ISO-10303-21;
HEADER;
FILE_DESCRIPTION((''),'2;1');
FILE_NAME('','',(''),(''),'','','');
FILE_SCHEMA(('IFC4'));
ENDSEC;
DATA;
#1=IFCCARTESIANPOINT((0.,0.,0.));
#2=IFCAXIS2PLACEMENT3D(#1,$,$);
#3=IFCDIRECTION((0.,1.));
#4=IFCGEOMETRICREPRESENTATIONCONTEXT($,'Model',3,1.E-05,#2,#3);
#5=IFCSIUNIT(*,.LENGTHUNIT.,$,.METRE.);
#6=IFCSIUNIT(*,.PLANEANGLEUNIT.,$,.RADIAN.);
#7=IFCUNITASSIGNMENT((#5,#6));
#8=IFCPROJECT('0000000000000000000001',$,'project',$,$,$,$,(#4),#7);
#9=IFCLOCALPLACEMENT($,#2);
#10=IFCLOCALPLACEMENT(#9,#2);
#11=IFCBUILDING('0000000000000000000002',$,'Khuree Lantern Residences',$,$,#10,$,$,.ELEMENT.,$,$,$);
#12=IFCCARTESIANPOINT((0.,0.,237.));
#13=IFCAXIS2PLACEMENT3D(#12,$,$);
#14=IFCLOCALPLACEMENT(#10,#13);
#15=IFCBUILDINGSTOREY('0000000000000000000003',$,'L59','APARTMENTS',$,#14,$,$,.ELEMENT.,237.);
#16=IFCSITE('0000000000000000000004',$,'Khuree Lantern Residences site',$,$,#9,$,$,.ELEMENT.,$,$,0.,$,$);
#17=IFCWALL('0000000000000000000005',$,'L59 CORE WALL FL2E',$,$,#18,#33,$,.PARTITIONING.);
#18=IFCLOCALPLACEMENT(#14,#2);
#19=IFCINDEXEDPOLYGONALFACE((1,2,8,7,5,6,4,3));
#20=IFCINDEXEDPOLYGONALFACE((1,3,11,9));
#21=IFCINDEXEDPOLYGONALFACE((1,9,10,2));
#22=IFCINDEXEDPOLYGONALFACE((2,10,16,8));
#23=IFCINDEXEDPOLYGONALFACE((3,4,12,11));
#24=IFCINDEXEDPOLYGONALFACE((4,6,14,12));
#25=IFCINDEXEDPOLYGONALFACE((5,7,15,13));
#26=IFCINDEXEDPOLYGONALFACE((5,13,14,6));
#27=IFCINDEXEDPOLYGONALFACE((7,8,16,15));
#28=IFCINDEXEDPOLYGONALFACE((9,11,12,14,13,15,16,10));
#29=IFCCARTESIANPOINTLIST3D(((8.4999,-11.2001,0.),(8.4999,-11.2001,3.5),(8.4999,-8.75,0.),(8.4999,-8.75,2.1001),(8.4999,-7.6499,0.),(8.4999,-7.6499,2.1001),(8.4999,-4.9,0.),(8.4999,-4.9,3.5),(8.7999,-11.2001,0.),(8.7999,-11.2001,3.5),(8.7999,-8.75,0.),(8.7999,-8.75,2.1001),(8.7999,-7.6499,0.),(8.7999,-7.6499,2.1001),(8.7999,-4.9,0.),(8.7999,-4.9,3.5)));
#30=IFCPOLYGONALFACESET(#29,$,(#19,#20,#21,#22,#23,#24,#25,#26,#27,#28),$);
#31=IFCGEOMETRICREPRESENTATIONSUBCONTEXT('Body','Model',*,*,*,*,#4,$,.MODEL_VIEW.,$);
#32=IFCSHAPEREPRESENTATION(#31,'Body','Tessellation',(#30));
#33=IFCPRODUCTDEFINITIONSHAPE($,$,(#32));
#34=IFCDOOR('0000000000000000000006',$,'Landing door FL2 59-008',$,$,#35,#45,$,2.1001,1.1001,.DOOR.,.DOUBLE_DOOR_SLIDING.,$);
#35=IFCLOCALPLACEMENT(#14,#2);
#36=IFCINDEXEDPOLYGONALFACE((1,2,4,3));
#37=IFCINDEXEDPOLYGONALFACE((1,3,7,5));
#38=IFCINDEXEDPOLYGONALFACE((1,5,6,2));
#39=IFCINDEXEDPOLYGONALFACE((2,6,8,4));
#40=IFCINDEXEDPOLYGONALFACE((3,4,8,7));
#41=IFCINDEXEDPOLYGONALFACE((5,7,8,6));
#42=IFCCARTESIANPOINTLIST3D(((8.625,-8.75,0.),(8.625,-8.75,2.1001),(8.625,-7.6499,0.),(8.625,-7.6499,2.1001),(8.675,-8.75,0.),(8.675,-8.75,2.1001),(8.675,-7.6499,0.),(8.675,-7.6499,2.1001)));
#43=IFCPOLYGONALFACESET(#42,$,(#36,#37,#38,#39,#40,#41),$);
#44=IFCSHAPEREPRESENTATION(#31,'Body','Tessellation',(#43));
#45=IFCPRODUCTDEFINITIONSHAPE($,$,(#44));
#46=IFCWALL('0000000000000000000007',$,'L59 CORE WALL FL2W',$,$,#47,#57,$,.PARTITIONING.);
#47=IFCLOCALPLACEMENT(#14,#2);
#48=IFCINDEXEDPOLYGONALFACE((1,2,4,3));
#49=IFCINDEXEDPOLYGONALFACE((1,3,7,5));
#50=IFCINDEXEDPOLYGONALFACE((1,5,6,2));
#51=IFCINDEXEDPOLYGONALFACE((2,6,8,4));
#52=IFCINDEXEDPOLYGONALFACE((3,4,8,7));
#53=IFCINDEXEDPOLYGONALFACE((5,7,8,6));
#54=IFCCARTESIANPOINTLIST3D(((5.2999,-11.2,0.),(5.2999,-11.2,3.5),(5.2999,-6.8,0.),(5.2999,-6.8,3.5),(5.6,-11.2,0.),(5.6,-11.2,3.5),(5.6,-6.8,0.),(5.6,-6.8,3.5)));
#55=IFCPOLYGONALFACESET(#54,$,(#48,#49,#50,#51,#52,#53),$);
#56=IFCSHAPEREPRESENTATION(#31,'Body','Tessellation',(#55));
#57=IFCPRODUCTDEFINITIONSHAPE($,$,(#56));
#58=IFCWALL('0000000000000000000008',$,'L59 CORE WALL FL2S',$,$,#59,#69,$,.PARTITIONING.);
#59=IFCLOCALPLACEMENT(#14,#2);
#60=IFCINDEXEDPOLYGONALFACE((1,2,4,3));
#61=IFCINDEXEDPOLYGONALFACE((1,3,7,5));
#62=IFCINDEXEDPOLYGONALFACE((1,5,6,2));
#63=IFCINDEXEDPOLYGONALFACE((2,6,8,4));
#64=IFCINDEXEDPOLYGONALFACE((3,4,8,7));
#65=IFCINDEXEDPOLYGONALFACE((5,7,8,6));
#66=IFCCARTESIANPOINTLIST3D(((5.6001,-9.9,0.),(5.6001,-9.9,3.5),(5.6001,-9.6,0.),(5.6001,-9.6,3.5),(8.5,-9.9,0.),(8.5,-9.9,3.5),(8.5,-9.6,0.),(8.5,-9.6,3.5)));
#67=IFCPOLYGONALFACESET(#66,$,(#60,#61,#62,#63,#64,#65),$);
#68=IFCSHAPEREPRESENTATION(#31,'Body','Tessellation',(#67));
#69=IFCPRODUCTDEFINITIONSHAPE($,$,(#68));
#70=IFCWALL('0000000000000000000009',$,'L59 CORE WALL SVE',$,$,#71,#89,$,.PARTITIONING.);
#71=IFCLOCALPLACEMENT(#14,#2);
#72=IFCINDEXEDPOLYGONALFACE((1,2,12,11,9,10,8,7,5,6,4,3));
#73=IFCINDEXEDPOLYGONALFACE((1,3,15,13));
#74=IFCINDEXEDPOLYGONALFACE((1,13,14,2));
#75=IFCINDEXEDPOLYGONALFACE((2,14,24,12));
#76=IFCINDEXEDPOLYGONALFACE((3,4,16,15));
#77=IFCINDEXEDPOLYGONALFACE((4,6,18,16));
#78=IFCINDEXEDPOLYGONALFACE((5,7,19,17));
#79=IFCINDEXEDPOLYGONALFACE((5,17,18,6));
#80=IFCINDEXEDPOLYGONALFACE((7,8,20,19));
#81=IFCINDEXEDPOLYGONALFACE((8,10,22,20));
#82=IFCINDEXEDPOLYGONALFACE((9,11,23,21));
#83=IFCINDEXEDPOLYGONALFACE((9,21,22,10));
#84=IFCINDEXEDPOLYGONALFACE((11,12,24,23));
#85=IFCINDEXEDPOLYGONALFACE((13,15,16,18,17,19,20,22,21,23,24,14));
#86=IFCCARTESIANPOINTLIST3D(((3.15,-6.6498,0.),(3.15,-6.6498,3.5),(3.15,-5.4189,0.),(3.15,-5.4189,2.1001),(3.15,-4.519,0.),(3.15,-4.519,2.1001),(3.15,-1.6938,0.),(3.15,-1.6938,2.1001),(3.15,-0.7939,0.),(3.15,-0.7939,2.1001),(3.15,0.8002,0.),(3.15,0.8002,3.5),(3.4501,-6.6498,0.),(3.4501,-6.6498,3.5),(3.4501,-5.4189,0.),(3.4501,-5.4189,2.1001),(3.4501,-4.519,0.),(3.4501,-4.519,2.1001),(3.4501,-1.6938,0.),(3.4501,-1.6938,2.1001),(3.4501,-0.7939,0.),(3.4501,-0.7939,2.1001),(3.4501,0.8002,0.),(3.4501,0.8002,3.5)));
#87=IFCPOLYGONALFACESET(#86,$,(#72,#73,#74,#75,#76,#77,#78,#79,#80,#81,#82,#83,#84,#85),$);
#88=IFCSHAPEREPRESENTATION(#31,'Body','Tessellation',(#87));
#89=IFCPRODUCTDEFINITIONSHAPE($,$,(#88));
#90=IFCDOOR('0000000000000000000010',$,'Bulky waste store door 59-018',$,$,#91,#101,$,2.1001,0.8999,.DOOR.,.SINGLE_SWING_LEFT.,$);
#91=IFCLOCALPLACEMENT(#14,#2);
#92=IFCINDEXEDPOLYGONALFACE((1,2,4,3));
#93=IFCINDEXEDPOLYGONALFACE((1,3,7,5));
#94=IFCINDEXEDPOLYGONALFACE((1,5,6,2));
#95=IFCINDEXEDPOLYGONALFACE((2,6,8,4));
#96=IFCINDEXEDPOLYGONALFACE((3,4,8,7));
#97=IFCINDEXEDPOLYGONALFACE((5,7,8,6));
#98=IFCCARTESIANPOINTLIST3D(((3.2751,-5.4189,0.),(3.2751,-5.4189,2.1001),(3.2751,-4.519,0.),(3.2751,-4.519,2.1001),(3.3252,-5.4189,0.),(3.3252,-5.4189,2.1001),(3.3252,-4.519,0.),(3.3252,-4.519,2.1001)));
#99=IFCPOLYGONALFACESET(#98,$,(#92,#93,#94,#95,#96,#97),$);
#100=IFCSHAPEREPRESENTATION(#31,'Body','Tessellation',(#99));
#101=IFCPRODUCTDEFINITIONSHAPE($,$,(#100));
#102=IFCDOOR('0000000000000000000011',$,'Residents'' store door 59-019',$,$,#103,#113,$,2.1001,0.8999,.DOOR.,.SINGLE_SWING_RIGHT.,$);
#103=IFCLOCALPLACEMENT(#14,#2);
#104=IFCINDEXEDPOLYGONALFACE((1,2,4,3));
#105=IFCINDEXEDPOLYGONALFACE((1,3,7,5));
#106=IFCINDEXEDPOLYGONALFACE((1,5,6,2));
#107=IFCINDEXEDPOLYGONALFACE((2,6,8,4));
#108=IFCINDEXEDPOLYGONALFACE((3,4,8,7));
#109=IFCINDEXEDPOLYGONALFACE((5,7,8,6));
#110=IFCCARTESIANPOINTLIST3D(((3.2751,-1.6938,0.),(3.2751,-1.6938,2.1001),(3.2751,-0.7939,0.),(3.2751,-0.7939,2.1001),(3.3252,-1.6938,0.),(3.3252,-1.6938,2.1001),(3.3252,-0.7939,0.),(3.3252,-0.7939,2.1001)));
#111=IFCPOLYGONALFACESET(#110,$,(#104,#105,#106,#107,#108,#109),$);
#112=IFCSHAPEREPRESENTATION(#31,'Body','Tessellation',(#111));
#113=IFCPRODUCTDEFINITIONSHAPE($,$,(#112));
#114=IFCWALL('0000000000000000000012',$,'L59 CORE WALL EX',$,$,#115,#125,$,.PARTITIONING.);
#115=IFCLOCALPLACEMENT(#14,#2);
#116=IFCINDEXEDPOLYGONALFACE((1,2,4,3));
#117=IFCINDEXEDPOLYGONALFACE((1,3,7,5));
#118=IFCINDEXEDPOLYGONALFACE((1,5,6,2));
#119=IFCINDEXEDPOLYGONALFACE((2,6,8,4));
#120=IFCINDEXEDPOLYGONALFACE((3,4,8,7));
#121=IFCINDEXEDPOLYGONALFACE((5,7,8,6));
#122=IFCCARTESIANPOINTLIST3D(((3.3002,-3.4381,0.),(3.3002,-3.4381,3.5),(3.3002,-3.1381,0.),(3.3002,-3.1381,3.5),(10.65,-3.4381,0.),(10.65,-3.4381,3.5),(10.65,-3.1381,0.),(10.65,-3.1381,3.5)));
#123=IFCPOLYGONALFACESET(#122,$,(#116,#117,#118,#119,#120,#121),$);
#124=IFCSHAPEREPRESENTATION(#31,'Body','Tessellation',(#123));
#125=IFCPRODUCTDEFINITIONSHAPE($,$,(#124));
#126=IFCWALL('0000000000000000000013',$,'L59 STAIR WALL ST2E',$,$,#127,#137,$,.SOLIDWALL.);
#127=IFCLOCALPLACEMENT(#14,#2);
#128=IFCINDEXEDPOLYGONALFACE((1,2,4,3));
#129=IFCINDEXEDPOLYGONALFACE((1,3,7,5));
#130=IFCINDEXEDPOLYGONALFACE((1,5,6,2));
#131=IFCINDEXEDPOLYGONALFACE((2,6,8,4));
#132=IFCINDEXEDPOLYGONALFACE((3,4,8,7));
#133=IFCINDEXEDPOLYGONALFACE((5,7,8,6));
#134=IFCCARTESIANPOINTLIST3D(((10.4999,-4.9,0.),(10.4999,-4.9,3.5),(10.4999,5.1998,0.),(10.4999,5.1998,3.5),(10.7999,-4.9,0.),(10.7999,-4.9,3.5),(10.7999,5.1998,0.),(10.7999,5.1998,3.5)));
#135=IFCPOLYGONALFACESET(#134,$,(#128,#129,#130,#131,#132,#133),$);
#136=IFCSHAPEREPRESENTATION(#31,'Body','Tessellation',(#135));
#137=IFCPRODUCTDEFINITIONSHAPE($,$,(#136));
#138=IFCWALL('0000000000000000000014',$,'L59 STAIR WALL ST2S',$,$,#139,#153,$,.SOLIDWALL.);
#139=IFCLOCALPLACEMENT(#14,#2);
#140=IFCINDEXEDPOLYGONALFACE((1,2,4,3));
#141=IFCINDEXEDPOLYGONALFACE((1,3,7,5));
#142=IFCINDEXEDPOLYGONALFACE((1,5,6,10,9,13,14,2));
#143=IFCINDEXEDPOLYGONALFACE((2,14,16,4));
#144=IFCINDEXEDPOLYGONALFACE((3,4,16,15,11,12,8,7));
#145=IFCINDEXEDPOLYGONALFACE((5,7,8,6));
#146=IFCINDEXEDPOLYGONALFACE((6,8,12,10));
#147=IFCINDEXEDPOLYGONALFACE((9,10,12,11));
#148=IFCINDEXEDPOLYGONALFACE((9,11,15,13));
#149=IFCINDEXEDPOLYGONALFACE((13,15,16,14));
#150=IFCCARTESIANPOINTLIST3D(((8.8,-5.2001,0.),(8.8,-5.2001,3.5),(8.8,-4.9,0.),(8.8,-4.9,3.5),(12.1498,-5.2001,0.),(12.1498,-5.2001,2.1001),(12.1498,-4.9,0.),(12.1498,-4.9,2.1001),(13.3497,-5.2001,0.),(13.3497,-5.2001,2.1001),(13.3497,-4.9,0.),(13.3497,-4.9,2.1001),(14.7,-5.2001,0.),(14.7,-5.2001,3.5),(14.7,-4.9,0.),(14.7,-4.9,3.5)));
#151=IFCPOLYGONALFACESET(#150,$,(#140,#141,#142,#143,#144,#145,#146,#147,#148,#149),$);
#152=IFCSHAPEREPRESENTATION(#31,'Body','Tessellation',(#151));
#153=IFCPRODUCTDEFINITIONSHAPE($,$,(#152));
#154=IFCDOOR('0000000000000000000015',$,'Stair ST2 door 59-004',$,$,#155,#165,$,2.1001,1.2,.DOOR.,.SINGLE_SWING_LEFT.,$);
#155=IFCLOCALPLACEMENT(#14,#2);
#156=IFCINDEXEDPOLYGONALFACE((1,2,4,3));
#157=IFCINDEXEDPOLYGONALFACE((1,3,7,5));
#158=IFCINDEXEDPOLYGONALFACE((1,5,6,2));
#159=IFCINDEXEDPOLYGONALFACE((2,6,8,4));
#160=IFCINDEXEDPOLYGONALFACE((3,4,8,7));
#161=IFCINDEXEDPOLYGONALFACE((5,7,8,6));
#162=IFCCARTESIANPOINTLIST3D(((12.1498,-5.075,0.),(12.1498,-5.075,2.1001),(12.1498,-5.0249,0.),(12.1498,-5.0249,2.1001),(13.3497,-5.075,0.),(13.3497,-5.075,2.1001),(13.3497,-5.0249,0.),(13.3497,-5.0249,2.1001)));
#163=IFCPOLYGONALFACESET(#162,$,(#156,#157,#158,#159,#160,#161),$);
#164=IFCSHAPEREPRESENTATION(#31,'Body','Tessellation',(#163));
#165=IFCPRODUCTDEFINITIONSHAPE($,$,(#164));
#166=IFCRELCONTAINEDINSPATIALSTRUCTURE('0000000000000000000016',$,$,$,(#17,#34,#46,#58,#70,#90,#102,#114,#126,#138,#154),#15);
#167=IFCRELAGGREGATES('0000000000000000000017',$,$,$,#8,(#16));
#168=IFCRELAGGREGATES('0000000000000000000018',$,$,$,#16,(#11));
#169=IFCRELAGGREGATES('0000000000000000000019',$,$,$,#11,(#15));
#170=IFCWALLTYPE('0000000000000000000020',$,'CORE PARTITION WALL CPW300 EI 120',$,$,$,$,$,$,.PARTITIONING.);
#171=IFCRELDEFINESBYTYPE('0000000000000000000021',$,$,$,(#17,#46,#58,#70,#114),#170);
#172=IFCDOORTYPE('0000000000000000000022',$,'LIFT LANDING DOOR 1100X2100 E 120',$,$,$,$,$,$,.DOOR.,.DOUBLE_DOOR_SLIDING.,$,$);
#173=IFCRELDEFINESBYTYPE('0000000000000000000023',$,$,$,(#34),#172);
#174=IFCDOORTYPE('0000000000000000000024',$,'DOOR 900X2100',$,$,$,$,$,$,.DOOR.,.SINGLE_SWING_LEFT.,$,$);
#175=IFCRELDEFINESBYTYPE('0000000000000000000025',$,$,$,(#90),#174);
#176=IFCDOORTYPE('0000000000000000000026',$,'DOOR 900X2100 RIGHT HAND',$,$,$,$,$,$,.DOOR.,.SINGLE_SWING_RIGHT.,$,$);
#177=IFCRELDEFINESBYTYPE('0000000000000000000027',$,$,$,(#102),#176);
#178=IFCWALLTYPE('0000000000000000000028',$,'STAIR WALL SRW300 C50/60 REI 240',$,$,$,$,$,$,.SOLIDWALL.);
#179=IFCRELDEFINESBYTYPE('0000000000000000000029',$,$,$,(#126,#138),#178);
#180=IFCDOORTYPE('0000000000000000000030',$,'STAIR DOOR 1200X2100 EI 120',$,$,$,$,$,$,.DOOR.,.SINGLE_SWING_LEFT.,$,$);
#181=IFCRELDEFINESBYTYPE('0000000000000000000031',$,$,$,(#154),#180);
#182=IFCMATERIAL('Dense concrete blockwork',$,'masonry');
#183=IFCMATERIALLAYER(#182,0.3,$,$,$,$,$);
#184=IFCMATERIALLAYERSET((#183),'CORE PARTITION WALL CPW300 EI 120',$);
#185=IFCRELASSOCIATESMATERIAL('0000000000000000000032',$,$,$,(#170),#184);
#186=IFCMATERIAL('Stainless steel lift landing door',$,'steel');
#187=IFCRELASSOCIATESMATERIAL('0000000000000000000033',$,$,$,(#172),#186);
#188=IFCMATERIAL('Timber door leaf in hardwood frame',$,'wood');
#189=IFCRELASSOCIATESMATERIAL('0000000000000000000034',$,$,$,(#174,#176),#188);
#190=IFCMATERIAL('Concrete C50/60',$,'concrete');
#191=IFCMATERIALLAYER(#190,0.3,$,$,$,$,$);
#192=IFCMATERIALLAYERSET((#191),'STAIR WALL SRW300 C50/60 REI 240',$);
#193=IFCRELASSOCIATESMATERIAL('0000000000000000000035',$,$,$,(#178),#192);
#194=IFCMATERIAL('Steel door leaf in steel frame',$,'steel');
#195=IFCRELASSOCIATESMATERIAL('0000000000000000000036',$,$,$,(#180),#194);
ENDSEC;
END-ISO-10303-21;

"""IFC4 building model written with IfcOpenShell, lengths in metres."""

from ifc_helpers import new_model, si_unit, direction, frame, frame_2d, origin, place, context, subcontext, project, spatial, rectangle, extrude, material, layer, layer_set, type_object, element, fill, save


model = new_model("IFC4")

# Units and contexts
model_context = context("Model", 3, precision=1e-05, world=origin(), true_north=direction((0.0, 1.0)))
body_context = subcontext(model_context, "Body", "Model", "MODEL_VIEW")
ifc_project = project(units=[si_unit("LENGTHUNIT", "METRE"), si_unit("PLANEANGLEUNIT", "RADIAN")], contexts=[model_context])

# Site, building, storey
site_placement = place(None, origin())
site = spatial("IfcSite", under=ifc_project, at=site_placement, Name="Khuree Lantern Residences site", CompositionType="ELEMENT", RefElevation=0.0)
building_placement = place(site_placement, origin())
building = spatial("IfcBuilding", under=site, at=building_placement, Name="Khuree Lantern Residences", CompositionType="ELEMENT")
storey_placement = place(building_placement, frame((0.0, 0.0, 237.0)))
storey = spatial("IfcBuildingStorey", under=building, at=storey_placement, Name="L59", Description="APARTMENTS", CompositionType="ELEMENT", Elevation=237.0)

# Wall, opening, door
ifc_material_1 = material(Name="Dense concrete blockwork", Category="masonry")
ifc_layer_1 = layer(ifc_material_1, 0.3)
ifc_layer_set_1 = layer_set([ifc_layer_1], Name="CORE PARTITION WALL CPW300 EI 120")
wall_type_1 = type_object("IfcWallType", Name="CORE PARTITION WALL CPW300 EI 120", PredefinedType="PARTITIONING", material=ifc_layer_set_1)
wall_1_placement = place(storey_placement, frame((8.6499, -11.2, 0.0), z_axis=(0.0, 0.0, 1.0), x_axis=(0.0, 1.0, 0.0)))
wall_1 = element("IfcWall", 1, at=wall_1_placement, inside=storey, type_object=wall_type_1, Name="L59 CORE WALL FL2E", PredefinedType="PARTITIONING", context=body_context, shape_type="SweptSolid", body=[
    extrude(rectangle(XDim=6.3, YDim=0.3, at=frame_2d((3.1499, 0.0))), origin(), (0.0, 0.0, 1.0), 3.5),
])
opening_1_placement = place(wall_1_placement, frame((2.45, 0.0, 0.0)))
opening_1 = element("IfcOpeningElement", 2, at=opening_1_placement, cuts=wall_1, PredefinedType="OPENING", context=body_context, shape_type="SweptSolid", body=[
    extrude(rectangle(XDim=1.1001, YDim=2.1001, at=frame_2d((0.55, 1.05))), frame((0.0, 0.1602, 0.0), z_axis=(0.0, -1.0, 0.0), x_axis=(1.0, 0.0, 0.0)), (0.0, 0.0, 1.0), 0.3201),
])
ifc_material_2 = material(Name="Stainless steel lift landing door", Category="steel")
door_type_1 = type_object("IfcDoorType", Name="LIFT LANDING DOOR 1100X2100 E 120", OperationType="DOUBLE_DOOR_SLIDING", PredefinedType="DOOR", material=ifc_material_2)
door_1_placement = place(opening_1_placement, origin())
door_1 = element("IfcDoor", 3, at=door_1_placement, inside=storey, type_object=door_type_1, Name="Landing door FL2 59-008", OperationType="DOUBLE_DOOR_SLIDING", OverallHeight=2.1001, OverallWidth=1.1001, PredefinedType="DOOR", context=body_context, shape_type="SweptSolid", body=[
    extrude(rectangle(XDim=1.1001, YDim=2.1001, at=frame_2d((0.55, 1.05))), frame((0.0, 0.0249, 0.0), z_axis=(0.0, -1.0, 0.0), x_axis=(1.0, 0.0, 0.0)), (0.0, 0.0, 1.0), 0.05),
])
fill(opening_1, door_1)

# Walls
wall_2_placement = place(storey_placement, frame((5.45, -11.2, 0.0), z_axis=(0.0, 0.0, 1.0), x_axis=(0.0, 1.0, 0.0)))
element("IfcWall", 4, at=wall_2_placement, inside=storey, type_object=wall_type_1, Name="L59 CORE WALL FL2W", PredefinedType="PARTITIONING", context=body_context, shape_type="SweptSolid", body=[
    extrude(rectangle(XDim=4.3999, YDim=0.3, at=frame_2d((2.2, 0.0))), origin(), (0.0, 0.0, 1.0), 3.5),
])
wall_3_placement = place(storey_placement, frame((5.6001, -9.75, 0.0), z_axis=(0.0, 0.0, 1.0), x_axis=(1.0, 0.0, 0.0)))
element("IfcWall", 5, at=wall_3_placement, inside=storey, type_object=wall_type_1, Name="L59 CORE WALL FL2S", PredefinedType="PARTITIONING", context=body_context, shape_type="SweptSolid", body=[
    extrude(rectangle(XDim=2.8999, YDim=0.3, at=frame_2d((1.45, 0.0))), origin(), (0.0, 0.0, 1.0), 3.5),
])

# Wall, openings, doors
wall_4_placement = place(storey_placement, frame((3.3, -6.6499, 0.0), z_axis=(0.0, 0.0, 1.0), x_axis=(0.0, 1.0, 0.0)))
wall_4 = element("IfcWall", 6, at=wall_4_placement, inside=storey, type_object=wall_type_1, Name="L59 CORE WALL SVE", PredefinedType="PARTITIONING", context=body_context, shape_type="SweptSolid", body=[
    extrude(rectangle(XDim=7.45, YDim=0.3, at=frame_2d((3.7251, 0.0))), origin(), (0.0, 0.0, 1.0), 3.5),
])
opening_2_placement = place(wall_4_placement, frame((1.231, 0.0, 0.0)))
opening_2 = element("IfcOpeningElement", 7, at=opening_2_placement, cuts=wall_4, PredefinedType="OPENING", context=body_context, shape_type="SweptSolid", body=[
    extrude(rectangle(XDim=0.8999, YDim=2.1001, at=frame_2d((0.45, 1.05))), frame((0.0, 0.1602, 0.0), z_axis=(0.0, -1.0, 0.0), x_axis=(1.0, 0.0, 0.0)), (0.0, 0.0, 1.0), 0.3201),
])
opening_3_placement = place(wall_4_placement, frame((4.9561, 0.0, 0.0)))
opening_3 = element("IfcOpeningElement", 8, at=opening_3_placement, cuts=wall_4, PredefinedType="OPENING", context=body_context, shape_type="SweptSolid", body=[
    extrude(rectangle(XDim=0.8999, YDim=2.1001, at=frame_2d((0.45, 1.05))), frame((0.0, 0.1602, 0.0), z_axis=(0.0, -1.0, 0.0), x_axis=(1.0, 0.0, 0.0)), (0.0, 0.0, 1.0), 0.3201),
])
ifc_material_3 = material(Name="Timber door leaf in hardwood frame", Category="wood")
door_type_2 = type_object("IfcDoorType", Name="DOOR 900X2100", OperationType="SINGLE_SWING_LEFT", PredefinedType="DOOR", material=ifc_material_3)
door_2_placement = place(opening_2_placement, origin())
door_2 = element("IfcDoor", 9, at=door_2_placement, inside=storey, type_object=door_type_2, Name="Bulky waste store door 59-018", OperationType="SINGLE_SWING_LEFT", OverallHeight=2.1001, OverallWidth=0.8999, PredefinedType="DOOR", context=body_context, shape_type="SweptSolid", body=[
    extrude(rectangle(XDim=0.8999, YDim=2.1001, at=frame_2d((0.45, 1.05))), frame((0.0, 0.0249, 0.0), z_axis=(0.0, -1.0, 0.0), x_axis=(1.0, 0.0, 0.0)), (0.0, 0.0, 1.0), 0.05),
])
fill(opening_2, door_2)
door_type_3 = type_object("IfcDoorType", Name="DOOR 900X2100 RIGHT HAND", OperationType="SINGLE_SWING_RIGHT", PredefinedType="DOOR", material=ifc_material_3)
door_3_placement = place(opening_3_placement, origin())
door_3 = element("IfcDoor", 10, at=door_3_placement, inside=storey, type_object=door_type_3, Name="Residents' store door 59-019", OperationType="SINGLE_SWING_RIGHT", OverallHeight=2.1001, OverallWidth=0.8999, PredefinedType="DOOR", context=body_context, shape_type="SweptSolid", body=[
    extrude(rectangle(XDim=0.8999, YDim=2.1001, at=frame_2d((0.45, 1.05))), frame((0.0, 0.0249, 0.0), z_axis=(0.0, -1.0, 0.0), x_axis=(1.0, 0.0, 0.0)), (0.0, 0.0, 1.0), 0.05),
])
fill(opening_3, door_3)

# Walls
wall_5_placement = place(storey_placement, frame((10.6499, -3.2881, 0.0), z_axis=(0.0, 0.0, 1.0), x_axis=(-1.0, 0.0, 0.0)))
element("IfcWall", 11, at=wall_5_placement, inside=storey, type_object=wall_type_1, Name="L59 CORE WALL EX", PredefinedType="PARTITIONING", context=body_context, shape_type="SweptSolid", body=[
    extrude(rectangle(XDim=7.3499, YDim=0.3, at=frame_2d((3.6748, 0.0))), origin(), (0.0, 0.0, 1.0), 3.5),
])
ifc_material_4 = material(Name="Concrete C50/60", Category="concrete")
ifc_layer_2 = layer(ifc_material_4, 0.3)
ifc_layer_set_2 = layer_set([ifc_layer_2], Name="STAIR WALL SRW300 C50/60 REI 240")
wall_type_2 = type_object("IfcWallType", Name="STAIR WALL SRW300 C50/60 REI 240", PredefinedType="SOLIDWALL", material=ifc_layer_set_2)
wall_6_placement = place(storey_placement, frame((10.6499, -4.8999, 0.0), z_axis=(0.0, 0.0, 1.0), x_axis=(0.0, 1.0, 0.0)))
element("IfcWall", 12, at=wall_6_placement, inside=storey, type_object=wall_type_2, Name="L59 STAIR WALL ST2E", PredefinedType="SOLIDWALL", context=body_context, shape_type="SweptSolid", body=[
    extrude(rectangle(XDim=10.0999, YDim=0.3, at=frame_2d((5.0498, 0.0))), origin(), (0.0, 0.0, 1.0), 3.5),
])

# Wall, opening, door
wall_7_placement = place(storey_placement, frame((14.7, -5.05, 0.0), z_axis=(0.0, 0.0, 1.0), x_axis=(-1.0, 0.0, 0.0)))
wall_7 = element("IfcWall", 13, at=wall_7_placement, inside=storey, type_object=wall_type_2, Name="L59 STAIR WALL ST2S", PredefinedType="SOLIDWALL", context=body_context, shape_type="SweptSolid", body=[
    extrude(rectangle(XDim=5.8999, YDim=0.3, at=frame_2d((2.95, 0.0))), origin(), (0.0, 0.0, 1.0), 3.5),
])
opening_4_placement = place(wall_7_placement, frame((1.3501, 0.0, 0.0)))
opening_4 = element("IfcOpeningElement", 14, at=opening_4_placement, cuts=wall_7, PredefinedType="OPENING", context=body_context, shape_type="SweptSolid", body=[
    extrude(rectangle(XDim=1.2, YDim=2.1001, at=frame_2d((0.6001, 1.05))), frame((0.0, 0.1602, 0.0), z_axis=(0.0, -1.0, 0.0), x_axis=(1.0, 0.0, 0.0)), (0.0, 0.0, 1.0), 0.3201),
])
ifc_material_5 = material(Name="Steel door leaf in steel frame", Category="steel")
door_type_4 = type_object("IfcDoorType", Name="STAIR DOOR 1200X2100 EI 120", OperationType="SINGLE_SWING_LEFT", PredefinedType="DOOR", material=ifc_material_5)
door_4_placement = place(opening_4_placement, origin())
door_4 = element("IfcDoor", 15, at=door_4_placement, inside=storey, type_object=door_type_4, Name="Stair ST2 door 59-004", OperationType="SINGLE_SWING_LEFT", OverallHeight=2.1001, OverallWidth=1.2, PredefinedType="DOOR", context=body_context, shape_type="SweptSolid", body=[
    extrude(rectangle(XDim=1.2, YDim=2.1001, at=frame_2d((0.6001, 1.05))), frame((0.0, 0.0249, 0.0), z_axis=(0.0, -1.0, 0.0), x_axis=(1.0, 0.0, 0.0)), (0.0, 0.0, 1.0), 0.05),
])
fill(opening_4, door_4)

save(model, "model.ifc")
